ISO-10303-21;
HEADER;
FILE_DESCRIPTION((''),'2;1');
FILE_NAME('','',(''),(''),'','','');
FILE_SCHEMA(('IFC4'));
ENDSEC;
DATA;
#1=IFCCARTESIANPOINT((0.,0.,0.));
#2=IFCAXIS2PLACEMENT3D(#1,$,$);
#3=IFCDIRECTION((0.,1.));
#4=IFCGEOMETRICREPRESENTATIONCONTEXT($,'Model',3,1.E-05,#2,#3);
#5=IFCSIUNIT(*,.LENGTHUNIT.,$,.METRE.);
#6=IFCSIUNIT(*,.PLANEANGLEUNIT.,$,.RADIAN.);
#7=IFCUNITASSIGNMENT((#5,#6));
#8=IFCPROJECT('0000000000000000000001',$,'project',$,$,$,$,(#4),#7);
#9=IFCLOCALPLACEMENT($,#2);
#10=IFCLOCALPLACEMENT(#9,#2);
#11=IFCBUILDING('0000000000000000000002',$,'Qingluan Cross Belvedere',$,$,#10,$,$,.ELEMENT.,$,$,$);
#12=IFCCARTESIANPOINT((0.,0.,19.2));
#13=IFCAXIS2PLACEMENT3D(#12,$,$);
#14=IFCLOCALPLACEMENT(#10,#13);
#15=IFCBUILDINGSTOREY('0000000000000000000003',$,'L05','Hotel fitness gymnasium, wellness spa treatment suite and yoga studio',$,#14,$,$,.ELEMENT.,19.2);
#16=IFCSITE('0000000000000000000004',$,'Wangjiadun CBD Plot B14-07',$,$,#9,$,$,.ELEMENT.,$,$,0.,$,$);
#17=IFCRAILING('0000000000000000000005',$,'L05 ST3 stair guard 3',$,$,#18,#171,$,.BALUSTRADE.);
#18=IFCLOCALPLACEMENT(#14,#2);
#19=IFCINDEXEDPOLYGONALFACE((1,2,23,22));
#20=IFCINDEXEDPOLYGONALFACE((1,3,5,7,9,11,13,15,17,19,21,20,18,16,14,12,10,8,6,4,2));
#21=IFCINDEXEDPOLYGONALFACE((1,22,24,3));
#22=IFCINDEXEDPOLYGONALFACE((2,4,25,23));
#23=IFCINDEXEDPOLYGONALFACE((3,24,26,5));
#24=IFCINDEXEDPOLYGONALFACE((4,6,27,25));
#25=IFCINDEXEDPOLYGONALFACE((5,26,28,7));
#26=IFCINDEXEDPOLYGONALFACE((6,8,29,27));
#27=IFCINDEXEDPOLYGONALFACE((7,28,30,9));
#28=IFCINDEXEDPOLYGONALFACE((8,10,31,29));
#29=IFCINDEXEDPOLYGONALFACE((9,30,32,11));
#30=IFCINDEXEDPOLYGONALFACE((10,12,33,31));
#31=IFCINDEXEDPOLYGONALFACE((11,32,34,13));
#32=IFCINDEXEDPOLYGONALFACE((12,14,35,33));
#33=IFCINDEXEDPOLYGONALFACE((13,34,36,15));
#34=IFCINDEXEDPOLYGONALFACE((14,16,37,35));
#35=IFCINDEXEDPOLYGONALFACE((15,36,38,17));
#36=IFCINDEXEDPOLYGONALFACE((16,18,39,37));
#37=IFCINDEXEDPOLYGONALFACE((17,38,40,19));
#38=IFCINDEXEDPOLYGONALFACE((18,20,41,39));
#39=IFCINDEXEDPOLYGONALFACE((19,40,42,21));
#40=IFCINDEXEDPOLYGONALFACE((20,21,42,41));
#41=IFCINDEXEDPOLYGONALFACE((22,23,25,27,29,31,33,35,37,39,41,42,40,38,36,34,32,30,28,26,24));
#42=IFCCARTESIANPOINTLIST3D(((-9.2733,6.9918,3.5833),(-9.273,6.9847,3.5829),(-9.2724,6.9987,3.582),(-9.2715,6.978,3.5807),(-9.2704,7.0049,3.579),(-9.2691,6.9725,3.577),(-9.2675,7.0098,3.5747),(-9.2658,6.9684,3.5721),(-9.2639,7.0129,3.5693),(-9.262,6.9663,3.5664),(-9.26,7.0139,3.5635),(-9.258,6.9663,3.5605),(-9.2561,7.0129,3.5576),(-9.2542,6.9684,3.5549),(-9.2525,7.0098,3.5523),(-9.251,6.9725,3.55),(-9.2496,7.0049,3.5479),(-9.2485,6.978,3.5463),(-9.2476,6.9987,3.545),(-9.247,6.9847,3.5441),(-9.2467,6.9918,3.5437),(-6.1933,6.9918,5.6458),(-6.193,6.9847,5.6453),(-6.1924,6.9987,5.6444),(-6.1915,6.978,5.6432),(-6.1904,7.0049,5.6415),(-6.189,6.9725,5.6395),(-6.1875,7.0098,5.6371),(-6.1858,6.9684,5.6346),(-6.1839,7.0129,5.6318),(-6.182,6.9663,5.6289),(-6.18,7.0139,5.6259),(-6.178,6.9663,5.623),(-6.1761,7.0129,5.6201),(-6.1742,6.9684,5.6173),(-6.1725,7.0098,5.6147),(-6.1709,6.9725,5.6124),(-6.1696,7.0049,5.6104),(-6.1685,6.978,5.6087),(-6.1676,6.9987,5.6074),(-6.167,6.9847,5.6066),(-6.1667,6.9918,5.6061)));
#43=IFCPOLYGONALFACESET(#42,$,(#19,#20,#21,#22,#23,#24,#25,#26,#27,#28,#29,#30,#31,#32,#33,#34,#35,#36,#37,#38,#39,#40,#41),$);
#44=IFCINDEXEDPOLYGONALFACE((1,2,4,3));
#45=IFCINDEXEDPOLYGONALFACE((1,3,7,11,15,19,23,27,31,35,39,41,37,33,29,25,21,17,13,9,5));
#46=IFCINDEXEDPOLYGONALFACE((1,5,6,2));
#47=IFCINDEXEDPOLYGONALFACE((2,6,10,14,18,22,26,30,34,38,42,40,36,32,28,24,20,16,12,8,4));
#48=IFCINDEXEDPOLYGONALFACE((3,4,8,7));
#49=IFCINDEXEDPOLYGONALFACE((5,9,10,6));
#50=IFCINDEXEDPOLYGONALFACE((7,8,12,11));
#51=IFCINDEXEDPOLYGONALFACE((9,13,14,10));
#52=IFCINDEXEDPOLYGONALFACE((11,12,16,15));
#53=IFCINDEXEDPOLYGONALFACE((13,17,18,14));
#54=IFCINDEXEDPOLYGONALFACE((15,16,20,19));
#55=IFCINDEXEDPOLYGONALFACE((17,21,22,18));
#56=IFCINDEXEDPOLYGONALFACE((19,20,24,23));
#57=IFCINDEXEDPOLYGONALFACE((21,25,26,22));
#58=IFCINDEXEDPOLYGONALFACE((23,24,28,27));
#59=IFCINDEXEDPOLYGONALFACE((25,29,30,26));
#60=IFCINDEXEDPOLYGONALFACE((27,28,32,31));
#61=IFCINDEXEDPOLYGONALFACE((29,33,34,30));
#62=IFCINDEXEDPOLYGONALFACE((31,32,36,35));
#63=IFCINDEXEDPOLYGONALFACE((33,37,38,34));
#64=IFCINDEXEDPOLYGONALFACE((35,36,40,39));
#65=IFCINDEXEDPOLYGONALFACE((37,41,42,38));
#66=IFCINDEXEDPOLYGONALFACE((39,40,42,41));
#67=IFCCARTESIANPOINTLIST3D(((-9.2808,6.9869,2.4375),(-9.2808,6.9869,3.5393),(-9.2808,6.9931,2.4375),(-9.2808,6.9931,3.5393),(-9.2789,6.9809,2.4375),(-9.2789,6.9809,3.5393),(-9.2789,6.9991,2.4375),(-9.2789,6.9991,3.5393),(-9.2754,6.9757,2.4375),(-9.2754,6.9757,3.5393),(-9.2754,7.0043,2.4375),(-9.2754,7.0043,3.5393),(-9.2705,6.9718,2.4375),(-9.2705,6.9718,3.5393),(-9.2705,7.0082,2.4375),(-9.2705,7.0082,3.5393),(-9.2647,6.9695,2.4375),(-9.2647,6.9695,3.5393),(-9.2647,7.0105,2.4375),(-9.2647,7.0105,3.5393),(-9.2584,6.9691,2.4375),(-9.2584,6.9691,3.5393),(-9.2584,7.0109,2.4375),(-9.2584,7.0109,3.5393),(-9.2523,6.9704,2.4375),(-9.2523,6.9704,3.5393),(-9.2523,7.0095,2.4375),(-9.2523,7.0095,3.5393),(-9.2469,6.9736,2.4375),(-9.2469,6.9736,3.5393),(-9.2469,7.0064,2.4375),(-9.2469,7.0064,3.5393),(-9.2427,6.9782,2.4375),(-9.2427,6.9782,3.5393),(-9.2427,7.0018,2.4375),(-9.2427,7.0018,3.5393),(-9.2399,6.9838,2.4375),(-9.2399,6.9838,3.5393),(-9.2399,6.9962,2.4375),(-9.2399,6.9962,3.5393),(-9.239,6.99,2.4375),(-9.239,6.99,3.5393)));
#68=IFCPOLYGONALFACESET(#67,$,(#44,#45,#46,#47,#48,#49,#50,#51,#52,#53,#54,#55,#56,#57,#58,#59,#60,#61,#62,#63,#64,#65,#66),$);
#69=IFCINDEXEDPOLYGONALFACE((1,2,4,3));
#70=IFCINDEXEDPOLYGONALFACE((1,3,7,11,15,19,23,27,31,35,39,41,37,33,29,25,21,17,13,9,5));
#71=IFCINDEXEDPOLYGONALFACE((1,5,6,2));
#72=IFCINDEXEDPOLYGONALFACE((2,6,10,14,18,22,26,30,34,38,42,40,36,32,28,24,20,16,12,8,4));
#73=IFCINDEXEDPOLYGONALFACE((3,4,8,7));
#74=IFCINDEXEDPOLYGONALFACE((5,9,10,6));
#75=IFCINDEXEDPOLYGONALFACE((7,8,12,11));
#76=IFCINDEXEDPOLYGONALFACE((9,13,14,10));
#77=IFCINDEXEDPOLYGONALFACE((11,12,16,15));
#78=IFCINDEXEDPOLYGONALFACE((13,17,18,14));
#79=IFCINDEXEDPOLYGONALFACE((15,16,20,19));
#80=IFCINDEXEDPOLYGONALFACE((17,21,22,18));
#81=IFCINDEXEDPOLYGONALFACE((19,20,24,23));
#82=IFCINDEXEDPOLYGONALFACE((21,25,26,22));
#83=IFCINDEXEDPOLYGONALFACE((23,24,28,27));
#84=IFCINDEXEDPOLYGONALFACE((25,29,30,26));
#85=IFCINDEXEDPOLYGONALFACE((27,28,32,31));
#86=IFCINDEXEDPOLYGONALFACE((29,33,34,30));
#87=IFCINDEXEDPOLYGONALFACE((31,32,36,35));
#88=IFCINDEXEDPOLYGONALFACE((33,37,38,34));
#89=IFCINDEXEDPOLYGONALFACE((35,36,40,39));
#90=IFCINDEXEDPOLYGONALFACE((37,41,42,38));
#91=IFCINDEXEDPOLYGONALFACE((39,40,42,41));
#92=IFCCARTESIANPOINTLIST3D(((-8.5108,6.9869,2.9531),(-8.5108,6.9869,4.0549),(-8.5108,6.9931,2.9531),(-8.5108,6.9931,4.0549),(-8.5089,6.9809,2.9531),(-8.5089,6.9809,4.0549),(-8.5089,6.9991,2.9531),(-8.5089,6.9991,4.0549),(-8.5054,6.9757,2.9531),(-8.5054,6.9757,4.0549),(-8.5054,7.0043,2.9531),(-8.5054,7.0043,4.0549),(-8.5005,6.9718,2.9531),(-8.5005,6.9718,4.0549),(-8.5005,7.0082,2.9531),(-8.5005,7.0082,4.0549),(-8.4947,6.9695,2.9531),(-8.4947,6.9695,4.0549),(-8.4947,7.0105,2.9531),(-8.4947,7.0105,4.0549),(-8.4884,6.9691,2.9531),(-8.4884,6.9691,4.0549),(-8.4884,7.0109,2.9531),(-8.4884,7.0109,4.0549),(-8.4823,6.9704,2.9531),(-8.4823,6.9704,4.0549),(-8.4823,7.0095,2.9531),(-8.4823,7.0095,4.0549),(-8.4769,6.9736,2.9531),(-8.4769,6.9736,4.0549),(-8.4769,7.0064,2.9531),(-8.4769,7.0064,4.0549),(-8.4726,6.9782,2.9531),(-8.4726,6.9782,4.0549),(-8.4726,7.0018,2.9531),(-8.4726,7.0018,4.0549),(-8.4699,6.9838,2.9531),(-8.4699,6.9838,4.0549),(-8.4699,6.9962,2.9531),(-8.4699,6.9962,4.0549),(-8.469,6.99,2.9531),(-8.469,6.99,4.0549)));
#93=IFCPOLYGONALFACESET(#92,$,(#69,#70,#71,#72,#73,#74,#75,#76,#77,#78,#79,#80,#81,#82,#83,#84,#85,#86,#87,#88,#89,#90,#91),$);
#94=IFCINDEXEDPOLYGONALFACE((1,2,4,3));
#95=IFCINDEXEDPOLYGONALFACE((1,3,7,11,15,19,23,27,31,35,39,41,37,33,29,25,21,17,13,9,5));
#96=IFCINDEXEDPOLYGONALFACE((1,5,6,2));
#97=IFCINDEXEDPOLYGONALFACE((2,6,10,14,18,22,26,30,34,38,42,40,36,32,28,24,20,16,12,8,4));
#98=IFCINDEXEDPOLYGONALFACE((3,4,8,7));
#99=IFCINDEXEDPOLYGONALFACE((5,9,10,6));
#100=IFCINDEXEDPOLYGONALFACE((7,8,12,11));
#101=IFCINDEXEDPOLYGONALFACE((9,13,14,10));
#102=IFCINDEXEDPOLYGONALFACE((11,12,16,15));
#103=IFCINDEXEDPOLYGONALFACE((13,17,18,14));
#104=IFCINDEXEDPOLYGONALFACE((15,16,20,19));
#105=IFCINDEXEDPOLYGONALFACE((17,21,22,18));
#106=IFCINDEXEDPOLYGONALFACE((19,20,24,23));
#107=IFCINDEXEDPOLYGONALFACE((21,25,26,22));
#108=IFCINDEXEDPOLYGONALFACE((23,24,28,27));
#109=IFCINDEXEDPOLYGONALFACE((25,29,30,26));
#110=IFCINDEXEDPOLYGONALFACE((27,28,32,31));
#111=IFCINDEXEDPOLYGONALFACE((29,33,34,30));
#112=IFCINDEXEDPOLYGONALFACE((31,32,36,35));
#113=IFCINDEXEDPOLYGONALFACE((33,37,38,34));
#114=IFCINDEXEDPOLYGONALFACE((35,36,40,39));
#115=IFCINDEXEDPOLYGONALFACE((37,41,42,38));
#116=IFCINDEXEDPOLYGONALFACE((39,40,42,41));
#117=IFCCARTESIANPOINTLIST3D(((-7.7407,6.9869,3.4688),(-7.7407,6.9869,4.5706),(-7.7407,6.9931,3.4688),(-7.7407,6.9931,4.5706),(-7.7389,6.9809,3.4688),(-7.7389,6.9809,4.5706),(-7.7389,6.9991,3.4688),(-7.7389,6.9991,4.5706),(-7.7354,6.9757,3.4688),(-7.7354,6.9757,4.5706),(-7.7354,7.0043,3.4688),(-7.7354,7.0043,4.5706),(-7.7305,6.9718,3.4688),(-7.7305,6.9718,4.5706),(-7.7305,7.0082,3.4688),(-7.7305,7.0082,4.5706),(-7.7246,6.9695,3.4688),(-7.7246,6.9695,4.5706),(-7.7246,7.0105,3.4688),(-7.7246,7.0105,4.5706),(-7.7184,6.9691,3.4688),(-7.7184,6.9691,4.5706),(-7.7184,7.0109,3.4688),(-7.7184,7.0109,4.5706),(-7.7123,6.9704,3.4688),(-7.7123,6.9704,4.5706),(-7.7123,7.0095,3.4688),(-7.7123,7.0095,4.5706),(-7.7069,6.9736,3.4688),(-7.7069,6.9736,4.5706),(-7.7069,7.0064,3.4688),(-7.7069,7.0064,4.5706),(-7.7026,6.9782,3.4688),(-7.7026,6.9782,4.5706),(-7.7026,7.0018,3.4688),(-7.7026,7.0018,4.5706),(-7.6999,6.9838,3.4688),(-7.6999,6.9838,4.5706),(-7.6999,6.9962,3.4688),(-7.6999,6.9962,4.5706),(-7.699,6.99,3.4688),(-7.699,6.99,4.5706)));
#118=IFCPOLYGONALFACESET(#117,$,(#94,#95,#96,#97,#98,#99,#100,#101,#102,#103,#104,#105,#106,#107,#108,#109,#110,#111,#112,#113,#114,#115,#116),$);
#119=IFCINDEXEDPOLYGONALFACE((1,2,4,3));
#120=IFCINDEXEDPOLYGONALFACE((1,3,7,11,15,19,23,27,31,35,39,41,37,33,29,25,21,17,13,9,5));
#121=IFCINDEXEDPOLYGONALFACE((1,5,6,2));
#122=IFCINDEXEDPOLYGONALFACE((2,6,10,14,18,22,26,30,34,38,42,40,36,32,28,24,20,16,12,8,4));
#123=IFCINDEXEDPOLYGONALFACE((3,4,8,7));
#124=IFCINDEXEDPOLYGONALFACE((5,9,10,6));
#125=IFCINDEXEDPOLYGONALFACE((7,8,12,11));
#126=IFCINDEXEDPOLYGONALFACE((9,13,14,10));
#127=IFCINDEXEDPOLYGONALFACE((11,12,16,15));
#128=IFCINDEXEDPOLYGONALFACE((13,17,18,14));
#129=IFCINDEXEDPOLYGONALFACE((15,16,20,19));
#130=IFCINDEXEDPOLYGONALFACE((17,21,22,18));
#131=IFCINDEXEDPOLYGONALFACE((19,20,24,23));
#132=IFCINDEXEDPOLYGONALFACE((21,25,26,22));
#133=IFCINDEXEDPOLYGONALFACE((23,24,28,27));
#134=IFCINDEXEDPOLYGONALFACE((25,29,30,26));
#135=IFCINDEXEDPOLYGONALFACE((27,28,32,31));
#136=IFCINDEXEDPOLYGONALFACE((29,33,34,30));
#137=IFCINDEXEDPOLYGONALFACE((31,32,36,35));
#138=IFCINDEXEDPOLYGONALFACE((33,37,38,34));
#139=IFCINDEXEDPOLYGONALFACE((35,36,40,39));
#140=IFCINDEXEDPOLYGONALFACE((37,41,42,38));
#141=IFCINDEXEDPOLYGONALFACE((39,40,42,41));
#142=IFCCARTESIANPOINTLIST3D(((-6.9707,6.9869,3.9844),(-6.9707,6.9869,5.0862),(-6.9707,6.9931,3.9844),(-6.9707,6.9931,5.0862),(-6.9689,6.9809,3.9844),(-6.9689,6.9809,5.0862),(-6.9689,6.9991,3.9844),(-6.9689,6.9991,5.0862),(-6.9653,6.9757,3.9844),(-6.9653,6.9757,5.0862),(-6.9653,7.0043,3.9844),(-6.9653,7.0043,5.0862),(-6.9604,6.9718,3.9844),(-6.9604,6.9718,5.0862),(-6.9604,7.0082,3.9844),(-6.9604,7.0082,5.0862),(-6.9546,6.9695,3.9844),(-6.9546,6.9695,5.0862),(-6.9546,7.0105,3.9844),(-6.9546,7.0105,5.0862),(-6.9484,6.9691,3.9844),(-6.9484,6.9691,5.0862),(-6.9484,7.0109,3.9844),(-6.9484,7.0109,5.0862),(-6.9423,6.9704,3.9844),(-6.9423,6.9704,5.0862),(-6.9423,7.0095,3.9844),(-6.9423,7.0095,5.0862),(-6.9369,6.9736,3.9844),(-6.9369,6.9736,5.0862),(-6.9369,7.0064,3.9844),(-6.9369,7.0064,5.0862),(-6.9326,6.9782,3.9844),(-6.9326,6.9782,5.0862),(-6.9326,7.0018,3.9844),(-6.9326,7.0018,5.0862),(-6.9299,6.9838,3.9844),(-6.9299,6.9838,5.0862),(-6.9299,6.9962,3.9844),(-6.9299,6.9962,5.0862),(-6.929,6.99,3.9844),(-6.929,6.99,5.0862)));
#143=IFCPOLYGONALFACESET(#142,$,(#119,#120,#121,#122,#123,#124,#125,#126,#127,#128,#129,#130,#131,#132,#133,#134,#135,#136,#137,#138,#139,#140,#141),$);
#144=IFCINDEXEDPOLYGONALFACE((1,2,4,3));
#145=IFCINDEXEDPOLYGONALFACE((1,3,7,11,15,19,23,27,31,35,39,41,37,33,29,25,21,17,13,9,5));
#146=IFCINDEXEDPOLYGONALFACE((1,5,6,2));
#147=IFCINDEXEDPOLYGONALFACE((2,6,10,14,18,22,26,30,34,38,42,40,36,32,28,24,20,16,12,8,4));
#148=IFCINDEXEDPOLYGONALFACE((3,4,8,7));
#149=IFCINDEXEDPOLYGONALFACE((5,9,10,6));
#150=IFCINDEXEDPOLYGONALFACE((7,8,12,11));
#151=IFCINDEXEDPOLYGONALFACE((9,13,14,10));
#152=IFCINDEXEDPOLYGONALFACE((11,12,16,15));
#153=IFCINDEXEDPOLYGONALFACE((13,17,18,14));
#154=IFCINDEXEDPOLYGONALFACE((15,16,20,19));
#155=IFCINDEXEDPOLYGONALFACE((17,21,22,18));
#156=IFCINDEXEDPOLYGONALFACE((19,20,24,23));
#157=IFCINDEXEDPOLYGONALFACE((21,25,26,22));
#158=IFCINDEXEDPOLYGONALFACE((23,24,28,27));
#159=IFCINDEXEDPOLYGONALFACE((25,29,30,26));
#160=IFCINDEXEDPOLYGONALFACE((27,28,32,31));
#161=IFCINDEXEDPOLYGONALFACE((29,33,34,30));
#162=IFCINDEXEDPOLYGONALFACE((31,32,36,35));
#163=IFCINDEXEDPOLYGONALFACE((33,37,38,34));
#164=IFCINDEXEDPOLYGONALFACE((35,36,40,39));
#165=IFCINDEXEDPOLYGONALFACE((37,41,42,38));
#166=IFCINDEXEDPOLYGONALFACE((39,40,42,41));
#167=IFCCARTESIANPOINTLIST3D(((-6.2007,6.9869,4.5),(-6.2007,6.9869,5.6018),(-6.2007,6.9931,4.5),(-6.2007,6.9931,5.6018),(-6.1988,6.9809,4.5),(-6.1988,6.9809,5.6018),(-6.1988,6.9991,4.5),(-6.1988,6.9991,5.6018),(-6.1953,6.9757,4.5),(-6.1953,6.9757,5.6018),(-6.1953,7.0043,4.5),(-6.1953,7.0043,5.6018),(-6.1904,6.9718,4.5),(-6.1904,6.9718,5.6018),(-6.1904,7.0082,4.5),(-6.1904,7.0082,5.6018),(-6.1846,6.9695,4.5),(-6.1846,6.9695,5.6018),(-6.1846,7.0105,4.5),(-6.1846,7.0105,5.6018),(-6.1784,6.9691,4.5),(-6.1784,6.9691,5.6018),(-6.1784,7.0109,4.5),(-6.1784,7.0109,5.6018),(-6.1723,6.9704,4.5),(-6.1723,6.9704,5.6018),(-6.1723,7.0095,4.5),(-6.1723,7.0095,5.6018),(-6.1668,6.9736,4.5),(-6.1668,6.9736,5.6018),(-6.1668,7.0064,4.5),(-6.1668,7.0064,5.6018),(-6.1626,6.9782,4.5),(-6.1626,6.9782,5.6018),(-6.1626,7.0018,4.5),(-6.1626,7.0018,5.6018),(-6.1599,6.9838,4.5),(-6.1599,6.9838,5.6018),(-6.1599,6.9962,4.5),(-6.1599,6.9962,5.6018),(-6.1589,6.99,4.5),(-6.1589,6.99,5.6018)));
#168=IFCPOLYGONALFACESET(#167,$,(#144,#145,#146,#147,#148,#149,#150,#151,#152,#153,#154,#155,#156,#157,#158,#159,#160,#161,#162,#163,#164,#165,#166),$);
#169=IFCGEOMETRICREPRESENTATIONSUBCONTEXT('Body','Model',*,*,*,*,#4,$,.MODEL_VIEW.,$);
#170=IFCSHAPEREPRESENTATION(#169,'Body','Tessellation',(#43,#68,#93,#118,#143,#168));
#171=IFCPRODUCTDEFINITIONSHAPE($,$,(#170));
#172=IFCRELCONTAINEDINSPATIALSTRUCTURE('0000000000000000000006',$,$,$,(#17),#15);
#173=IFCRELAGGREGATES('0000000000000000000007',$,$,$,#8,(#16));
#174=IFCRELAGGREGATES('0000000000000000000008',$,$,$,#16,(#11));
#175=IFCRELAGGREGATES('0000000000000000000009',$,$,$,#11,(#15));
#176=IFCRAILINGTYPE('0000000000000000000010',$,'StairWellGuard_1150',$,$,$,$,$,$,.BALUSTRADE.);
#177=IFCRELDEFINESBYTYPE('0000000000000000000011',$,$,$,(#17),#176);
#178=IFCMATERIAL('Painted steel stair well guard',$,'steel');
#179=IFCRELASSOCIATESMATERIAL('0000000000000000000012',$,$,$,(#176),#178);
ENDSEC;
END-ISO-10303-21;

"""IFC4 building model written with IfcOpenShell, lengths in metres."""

from ifc_helpers import new_model, si_unit, direction, frame, origin, origin_2d, place, context, subcontext, project, spatial, circle, extrude, material, type_object, element, save


model = new_model("IFC4")

# Units and contexts
model_context = context("Model", 3, precision=1e-05, world=origin(), true_north=direction((0.0, 1.0)))
body_context = subcontext(model_context, "Body", "Model", "MODEL_VIEW")
ifc_project = project(units=[si_unit("LENGTHUNIT", "METRE"), si_unit("PLANEANGLEUNIT", "RADIAN")], contexts=[model_context])

# Site, building, storey
site_placement = place(None, origin())
site = spatial("IfcSite", under=ifc_project, at=site_placement, Name="Wangjiadun CBD Plot B14-07", CompositionType="ELEMENT", RefElevation=0.0)
building_placement = place(site_placement, origin())
building = spatial("IfcBuilding", under=site, at=building_placement, Name="Qingluan Cross Belvedere", CompositionType="ELEMENT")
storey_placement = place(building_placement, frame((0.0, 0.0, 19.2)))
storey = spatial("IfcBuildingStorey", under=building, at=storey_placement, Name="L05", Description="Hotel fitness gymnasium, wellness spa treatment suite and yoga studio", CompositionType="ELEMENT", Elevation=19.2)

# Railing
ifc_material_1 = material(Name="Painted steel stair well guard", Category="steel")
railing_type_1 = type_object("IfcRailingType", Name="StairWellGuard_1150", PredefinedType="BALUSTRADE", material=ifc_material_1)
railing_1_placement = place(storey_placement, frame((-9.26, 6.99, 2.4375)))
element("IfcRailing", 1, at=railing_1_placement, inside=storey, type_object=railing_type_1, Name="L05 ST3 stair guard 3", PredefinedType="BALUSTRADE", context=body_context, shape_type="SweptSolid", body=[
    extrude(circle(Radius=0.0239, at=origin_2d()), frame((0.0, 0.0, 1.126), z_axis=(0.830914, 0.0, 0.556401), x_axis=(0.0, 1.0, 0.0)), (0.0, 0.0, 1.0), 3.7068),
    extrude(circle(Radius=0.021, at=origin_2d()), origin(), (0.0, 0.0, 1.0), 1.1018),
    extrude(circle(Radius=0.021, at=origin_2d()), frame((0.77, 0.0, 0.5156)), (0.0, 0.0, 1.0), 1.1018),
    extrude(circle(Radius=0.021, at=origin_2d()), frame((1.54, 0.0, 1.0312)), (0.0, 0.0, 1.0), 1.1018),
    extrude(circle(Radius=0.021, at=origin_2d()), frame((2.3101, 0.0, 1.5469)), (0.0, 0.0, 1.0), 1.1018),
    extrude(circle(Radius=0.021, at=origin_2d()), frame((3.0801, 0.0, 2.0625)), (0.0, 0.0, 1.0), 1.1018),
])

save(model, "model.ifc")
